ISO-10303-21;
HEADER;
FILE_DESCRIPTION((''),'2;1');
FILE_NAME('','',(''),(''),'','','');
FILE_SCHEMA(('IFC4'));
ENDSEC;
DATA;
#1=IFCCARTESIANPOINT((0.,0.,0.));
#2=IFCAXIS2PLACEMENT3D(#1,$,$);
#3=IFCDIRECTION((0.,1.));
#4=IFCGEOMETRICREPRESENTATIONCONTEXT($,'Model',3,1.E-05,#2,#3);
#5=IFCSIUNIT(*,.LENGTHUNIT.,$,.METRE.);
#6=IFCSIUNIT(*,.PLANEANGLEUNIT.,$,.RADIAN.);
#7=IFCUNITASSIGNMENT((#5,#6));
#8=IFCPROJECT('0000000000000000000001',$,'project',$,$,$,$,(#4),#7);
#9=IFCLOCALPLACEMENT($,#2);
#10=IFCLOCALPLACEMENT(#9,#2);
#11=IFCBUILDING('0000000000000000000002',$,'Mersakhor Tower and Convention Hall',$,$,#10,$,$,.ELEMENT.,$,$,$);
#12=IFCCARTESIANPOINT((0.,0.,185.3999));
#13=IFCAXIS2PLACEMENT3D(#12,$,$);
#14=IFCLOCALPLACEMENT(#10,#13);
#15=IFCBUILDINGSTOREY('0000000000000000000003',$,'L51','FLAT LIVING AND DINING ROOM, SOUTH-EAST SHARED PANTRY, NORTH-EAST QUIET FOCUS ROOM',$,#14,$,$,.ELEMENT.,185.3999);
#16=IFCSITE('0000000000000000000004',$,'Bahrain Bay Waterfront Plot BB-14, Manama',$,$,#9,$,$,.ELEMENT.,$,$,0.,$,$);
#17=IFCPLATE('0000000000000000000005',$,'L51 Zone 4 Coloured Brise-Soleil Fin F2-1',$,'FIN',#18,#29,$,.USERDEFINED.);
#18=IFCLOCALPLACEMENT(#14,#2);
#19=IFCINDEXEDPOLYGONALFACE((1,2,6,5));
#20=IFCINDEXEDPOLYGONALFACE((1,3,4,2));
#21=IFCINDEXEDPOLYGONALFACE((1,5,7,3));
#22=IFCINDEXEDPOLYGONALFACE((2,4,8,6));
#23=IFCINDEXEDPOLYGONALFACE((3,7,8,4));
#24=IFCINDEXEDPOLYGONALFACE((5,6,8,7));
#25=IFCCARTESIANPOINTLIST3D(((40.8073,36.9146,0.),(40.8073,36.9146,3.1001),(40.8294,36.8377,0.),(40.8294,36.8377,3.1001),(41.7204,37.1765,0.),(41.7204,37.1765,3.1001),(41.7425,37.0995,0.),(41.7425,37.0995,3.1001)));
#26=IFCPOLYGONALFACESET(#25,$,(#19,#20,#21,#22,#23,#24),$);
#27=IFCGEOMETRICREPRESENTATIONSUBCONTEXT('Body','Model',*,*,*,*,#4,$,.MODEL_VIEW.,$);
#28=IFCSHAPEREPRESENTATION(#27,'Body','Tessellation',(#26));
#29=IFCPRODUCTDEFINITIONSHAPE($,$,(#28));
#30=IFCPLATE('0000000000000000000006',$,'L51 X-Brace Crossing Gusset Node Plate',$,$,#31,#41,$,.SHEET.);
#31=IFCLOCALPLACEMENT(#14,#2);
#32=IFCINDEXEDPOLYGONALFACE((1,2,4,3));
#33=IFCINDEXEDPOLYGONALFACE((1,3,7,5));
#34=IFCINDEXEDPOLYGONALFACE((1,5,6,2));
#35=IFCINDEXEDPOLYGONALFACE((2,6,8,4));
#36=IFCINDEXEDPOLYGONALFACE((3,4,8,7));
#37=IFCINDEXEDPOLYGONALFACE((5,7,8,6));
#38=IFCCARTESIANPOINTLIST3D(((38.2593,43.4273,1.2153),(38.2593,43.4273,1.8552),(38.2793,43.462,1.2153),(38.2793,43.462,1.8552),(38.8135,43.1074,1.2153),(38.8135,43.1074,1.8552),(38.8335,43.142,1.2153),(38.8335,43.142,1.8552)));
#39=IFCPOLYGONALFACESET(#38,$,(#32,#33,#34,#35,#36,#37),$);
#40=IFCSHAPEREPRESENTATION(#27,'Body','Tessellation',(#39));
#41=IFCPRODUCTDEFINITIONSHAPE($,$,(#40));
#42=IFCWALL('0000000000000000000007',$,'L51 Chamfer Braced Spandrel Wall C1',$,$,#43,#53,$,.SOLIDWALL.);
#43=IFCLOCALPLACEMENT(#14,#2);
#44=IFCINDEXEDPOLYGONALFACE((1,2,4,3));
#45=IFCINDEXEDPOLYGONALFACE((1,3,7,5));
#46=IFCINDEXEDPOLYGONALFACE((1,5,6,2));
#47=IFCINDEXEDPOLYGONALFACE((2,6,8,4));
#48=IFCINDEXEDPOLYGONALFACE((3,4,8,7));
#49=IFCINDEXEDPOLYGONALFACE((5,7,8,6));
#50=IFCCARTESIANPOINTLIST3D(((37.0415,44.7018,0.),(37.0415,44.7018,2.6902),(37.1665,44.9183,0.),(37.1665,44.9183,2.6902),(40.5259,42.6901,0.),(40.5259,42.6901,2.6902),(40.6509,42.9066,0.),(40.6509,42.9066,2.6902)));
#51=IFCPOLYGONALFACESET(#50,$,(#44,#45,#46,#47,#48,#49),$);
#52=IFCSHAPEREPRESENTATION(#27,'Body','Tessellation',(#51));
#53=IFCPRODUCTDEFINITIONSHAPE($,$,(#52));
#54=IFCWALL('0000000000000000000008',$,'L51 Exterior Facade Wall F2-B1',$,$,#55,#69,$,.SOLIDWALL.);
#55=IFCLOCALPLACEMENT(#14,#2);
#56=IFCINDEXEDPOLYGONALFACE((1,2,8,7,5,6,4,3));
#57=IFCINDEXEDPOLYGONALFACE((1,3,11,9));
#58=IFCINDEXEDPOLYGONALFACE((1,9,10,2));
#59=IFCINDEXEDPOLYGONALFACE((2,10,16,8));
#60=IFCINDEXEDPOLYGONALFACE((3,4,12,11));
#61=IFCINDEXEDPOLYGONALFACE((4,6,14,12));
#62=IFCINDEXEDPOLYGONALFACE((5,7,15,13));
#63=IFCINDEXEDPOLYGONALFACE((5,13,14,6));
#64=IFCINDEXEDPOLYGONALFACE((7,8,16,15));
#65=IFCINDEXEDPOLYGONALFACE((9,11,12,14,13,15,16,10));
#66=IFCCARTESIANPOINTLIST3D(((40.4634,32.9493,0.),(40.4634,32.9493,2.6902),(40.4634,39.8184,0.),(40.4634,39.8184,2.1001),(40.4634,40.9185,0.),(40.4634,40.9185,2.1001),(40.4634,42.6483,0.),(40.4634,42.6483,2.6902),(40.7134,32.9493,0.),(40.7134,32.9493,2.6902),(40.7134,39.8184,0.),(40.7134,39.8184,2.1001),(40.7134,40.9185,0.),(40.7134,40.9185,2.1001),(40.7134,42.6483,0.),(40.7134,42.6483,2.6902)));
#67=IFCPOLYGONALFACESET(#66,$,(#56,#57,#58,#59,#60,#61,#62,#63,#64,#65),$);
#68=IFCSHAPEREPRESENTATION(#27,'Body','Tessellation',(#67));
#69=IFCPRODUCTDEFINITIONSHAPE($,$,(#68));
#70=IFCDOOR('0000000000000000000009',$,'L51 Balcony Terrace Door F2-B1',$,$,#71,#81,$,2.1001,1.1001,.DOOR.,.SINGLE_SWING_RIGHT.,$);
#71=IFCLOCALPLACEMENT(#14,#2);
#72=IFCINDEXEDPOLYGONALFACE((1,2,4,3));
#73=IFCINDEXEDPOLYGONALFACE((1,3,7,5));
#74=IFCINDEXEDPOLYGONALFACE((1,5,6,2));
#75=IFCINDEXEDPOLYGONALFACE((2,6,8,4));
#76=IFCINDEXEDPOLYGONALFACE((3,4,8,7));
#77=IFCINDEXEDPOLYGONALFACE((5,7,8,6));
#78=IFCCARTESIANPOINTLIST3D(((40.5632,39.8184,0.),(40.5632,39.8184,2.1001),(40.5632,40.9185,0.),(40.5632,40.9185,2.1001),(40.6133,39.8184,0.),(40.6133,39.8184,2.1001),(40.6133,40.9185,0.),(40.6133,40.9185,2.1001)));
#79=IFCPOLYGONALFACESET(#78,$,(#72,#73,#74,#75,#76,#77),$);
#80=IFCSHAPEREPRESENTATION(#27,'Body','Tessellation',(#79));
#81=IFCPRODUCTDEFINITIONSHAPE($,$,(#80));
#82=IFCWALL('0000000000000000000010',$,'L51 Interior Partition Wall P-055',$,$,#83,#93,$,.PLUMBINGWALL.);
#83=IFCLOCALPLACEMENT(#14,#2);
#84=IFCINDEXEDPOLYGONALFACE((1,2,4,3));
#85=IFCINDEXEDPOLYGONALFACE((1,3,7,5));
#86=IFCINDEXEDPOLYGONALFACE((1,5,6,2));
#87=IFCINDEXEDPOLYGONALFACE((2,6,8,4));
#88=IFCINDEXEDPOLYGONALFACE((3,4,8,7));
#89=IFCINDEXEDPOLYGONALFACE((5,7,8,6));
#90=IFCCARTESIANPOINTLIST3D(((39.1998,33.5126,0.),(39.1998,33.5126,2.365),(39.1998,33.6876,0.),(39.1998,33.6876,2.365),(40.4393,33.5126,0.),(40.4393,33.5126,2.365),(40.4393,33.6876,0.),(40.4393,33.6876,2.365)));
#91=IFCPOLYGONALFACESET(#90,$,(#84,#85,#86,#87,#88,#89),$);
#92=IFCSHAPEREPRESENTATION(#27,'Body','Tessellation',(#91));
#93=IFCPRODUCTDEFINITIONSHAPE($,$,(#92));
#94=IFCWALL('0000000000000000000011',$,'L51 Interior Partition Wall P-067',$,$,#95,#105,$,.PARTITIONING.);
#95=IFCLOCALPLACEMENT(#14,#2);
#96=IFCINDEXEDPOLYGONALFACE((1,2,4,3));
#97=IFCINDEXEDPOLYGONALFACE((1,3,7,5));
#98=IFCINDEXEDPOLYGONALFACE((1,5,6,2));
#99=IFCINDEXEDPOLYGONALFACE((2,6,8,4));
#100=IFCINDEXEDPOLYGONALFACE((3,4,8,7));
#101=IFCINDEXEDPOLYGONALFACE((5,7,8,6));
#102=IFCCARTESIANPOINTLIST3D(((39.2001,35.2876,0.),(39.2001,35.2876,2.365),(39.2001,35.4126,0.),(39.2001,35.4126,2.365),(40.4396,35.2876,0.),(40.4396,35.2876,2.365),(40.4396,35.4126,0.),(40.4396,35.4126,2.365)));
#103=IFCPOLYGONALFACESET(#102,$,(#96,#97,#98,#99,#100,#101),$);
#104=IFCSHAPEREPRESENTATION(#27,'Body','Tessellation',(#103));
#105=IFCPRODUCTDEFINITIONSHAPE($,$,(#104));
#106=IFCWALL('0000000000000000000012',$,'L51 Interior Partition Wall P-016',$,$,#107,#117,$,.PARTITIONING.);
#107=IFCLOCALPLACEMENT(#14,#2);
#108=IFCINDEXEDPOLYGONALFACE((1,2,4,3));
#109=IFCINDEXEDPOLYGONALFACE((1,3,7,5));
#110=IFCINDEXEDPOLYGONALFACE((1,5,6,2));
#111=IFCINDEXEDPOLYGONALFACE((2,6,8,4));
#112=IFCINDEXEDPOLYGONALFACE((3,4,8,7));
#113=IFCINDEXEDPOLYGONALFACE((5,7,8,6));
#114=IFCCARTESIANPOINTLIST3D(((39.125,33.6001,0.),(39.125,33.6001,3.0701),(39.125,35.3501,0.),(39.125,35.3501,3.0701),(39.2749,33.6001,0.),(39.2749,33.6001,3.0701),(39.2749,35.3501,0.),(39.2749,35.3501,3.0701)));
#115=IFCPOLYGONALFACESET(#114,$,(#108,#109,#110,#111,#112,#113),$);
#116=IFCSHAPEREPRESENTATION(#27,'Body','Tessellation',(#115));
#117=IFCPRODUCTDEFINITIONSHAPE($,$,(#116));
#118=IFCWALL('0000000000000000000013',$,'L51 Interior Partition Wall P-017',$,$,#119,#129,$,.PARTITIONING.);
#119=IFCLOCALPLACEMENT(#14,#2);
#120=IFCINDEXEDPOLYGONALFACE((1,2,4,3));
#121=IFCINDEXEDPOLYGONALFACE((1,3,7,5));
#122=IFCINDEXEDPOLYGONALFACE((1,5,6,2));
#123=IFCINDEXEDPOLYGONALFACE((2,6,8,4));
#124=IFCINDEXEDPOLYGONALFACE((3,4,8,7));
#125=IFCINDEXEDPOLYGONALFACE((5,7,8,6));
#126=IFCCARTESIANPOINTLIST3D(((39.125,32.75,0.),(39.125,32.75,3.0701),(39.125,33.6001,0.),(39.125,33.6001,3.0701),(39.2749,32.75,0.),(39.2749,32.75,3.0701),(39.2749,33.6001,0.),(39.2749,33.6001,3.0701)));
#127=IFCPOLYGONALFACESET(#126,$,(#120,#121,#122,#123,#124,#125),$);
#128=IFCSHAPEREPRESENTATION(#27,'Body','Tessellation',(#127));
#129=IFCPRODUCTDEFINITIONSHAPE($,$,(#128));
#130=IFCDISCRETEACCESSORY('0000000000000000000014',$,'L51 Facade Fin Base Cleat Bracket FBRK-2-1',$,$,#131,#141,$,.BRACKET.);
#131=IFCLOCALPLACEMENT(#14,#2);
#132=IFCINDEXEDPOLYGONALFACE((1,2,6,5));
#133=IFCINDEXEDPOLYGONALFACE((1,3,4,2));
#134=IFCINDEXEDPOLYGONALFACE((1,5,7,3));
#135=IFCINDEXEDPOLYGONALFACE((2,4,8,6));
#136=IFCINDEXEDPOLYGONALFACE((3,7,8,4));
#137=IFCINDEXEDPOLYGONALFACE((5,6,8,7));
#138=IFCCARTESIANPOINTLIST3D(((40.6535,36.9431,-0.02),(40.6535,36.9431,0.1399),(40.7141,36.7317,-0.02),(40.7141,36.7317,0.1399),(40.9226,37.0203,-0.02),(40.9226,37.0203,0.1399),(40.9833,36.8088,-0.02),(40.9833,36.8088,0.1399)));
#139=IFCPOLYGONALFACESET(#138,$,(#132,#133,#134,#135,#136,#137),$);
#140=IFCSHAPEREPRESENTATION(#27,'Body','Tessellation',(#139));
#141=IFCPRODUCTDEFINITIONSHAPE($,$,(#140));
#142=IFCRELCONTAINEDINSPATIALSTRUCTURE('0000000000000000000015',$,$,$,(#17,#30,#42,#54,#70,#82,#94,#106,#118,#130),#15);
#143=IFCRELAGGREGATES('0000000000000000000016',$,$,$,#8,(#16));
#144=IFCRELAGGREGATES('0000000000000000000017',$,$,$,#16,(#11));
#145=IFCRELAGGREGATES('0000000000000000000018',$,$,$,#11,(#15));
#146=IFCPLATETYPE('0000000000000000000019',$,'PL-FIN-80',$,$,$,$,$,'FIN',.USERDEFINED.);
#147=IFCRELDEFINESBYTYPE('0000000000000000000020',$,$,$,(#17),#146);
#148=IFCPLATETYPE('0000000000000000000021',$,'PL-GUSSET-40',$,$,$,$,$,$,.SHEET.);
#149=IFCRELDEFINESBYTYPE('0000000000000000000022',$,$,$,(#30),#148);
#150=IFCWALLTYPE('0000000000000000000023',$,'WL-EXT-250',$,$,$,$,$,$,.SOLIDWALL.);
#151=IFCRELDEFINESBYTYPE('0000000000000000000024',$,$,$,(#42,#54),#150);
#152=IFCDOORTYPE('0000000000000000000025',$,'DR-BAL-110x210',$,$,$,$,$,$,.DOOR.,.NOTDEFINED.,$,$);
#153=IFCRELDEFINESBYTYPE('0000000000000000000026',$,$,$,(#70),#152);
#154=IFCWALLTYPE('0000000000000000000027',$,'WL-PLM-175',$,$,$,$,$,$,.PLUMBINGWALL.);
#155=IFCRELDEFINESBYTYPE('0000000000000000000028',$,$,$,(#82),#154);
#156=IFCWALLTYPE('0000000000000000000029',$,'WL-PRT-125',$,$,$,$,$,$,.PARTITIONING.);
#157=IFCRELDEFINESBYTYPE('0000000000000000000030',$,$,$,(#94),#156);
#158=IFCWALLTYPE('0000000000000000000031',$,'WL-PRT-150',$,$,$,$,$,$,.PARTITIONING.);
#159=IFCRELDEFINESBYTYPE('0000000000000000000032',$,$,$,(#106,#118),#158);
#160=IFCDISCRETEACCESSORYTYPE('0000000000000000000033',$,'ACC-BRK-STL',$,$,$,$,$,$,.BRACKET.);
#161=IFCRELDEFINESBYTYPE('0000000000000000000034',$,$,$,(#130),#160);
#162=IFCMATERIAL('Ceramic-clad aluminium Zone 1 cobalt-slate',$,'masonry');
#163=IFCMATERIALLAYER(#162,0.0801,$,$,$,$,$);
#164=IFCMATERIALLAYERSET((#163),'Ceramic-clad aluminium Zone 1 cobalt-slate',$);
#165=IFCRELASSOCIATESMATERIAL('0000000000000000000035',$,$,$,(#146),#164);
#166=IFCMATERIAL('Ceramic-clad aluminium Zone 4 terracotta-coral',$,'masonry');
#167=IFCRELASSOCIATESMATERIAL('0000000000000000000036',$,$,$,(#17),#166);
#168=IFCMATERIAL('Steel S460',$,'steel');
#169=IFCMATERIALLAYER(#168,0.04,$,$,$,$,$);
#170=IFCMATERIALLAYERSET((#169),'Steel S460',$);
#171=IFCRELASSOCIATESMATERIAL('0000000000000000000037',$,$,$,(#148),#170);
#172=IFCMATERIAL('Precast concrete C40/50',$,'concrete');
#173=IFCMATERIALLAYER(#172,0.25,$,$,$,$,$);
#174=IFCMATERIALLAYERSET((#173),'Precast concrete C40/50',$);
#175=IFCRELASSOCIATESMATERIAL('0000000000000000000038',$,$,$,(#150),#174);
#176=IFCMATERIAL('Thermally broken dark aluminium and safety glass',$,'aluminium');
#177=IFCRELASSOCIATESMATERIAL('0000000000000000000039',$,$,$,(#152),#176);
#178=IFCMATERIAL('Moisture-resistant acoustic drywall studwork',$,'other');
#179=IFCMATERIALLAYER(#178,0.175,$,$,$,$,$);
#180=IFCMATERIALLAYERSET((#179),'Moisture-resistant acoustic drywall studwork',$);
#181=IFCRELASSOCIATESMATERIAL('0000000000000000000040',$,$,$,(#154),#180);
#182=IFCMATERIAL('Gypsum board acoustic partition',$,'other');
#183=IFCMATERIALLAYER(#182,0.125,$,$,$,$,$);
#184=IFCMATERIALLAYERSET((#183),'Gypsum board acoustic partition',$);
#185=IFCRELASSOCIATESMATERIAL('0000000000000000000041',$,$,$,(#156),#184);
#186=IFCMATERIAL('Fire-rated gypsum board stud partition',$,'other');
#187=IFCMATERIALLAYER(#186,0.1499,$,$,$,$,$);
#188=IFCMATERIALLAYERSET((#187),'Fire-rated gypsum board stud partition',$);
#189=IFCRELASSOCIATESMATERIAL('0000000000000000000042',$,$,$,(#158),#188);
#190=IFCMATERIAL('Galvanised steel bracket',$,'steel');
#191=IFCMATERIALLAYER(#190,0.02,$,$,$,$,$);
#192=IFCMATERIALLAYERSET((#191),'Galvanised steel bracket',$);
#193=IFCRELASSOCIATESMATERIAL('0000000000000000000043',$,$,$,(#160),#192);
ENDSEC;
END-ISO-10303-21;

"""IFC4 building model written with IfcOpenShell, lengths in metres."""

from ifc_helpers import new_model, si_unit, direction, frame, frame_2d, origin, origin_2d, place, context, subcontext, project, spatial, rectangle, extrude, material, layer, layer_set, type_object, element, fill, save


model = new_model("IFC4")

# Units and contexts
model_context = context("Model", 3, precision=1e-05, world=origin(), true_north=direction((0.0, 1.0)))
body_context = subcontext(model_context, "Body", "Model", "MODEL_VIEW")
ifc_project = project(units=[si_unit("LENGTHUNIT", "METRE"), si_unit("PLANEANGLEUNIT", "RADIAN")], contexts=[model_context])

# Site, building, storey
site_placement = place(None, origin())
site = spatial("IfcSite", under=ifc_project, at=site_placement, Name="Bahrain Bay Waterfront Plot BB-14, Manama", CompositionType="ELEMENT", RefElevation=0.0)
building_placement = place(site_placement, origin())
building = spatial("IfcBuilding", under=site, at=building_placement, Name="Mersakhor Tower and Convention Hall", CompositionType="ELEMENT")
storey_placement = place(building_placement, frame((0.0, 0.0, 185.3999)))
storey = spatial("IfcBuildingStorey", under=building, at=storey_placement, Name="L51", Description="FLAT LIVING AND DINING ROOM, SOUTH-EAST SHARED PANTRY, NORTH-EAST QUIET FOCUS ROOM", CompositionType="ELEMENT", Elevation=185.3999)

# Plates
ifc_material_1 = material(Name="Ceramic-clad aluminium Zone 4 terracotta-coral", Category="masonry")
ifc_material_2 = material(Name="Ceramic-clad aluminium Zone 1 cobalt-slate", Category="masonry")
ifc_layer_1 = layer(ifc_material_2, 0.0801)
ifc_layer_set_1 = layer_set([ifc_layer_1], Name="Ceramic-clad aluminium Zone 1 cobalt-slate")
plate_type_1 = type_object("IfcPlateType", Name="PL-FIN-80", ElementType="FIN", PredefinedType="USERDEFINED", material=ifc_layer_set_1)
plate_1_placement = place(storey_placement, frame((41.2749, 37.0071, 0.0), z_axis=(0.0, 0.0, 1.0), x_axis=(0.961262, 0.275637, 0.0)))
element("IfcPlate", 1, at=plate_1_placement, inside=storey, type_object=plate_type_1, material=ifc_material_1, Name="L51 Zone 4 Coloured Brise-Soleil Fin F2-1", ObjectType="FIN", PredefinedType="USERDEFINED", context=body_context, shape_type="SweptSolid", body=[
    extrude(rectangle(XDim=0.95, YDim=0.0801, at=origin_2d()), origin(), (0.0, 0.0, 1.0), 3.1001),
])
ifc_material_3 = material(Name="Steel S460", Category="steel")
ifc_layer_2 = layer(ifc_material_3, 0.04)
ifc_layer_set_2 = layer_set([ifc_layer_2], Name="Steel S460")
plate_type_2 = type_object("IfcPlateType", Name="PL-GUSSET-40", PredefinedType="SHEET", material=ifc_layer_set_2)
plate_2_placement = place(storey_placement, frame((38.5464, 43.2847, 1.2153), z_axis=(0.0, 0.0, 1.0), x_axis=(-0.866025, 0.5, 0.0)))
element("IfcPlate", 2, at=plate_2_placement, inside=storey, type_object=plate_type_2, Name="L51 X-Brace Crossing Gusset Node Plate", PredefinedType="SHEET", context=body_context, shape_type="SweptSolid", body=[
    extrude(rectangle(XDim=0.6399, YDim=0.04, at=origin_2d()), origin(), (0.0, 0.0, 1.0), 0.6399),
])

# Wall
ifc_material_4 = material(Name="Precast concrete C40/50", Category="concrete")
ifc_layer_3 = layer(ifc_material_4, 0.25)
ifc_layer_set_3 = layer_set([ifc_layer_3], Name="Precast concrete C40/50")
wall_type_1 = type_object("IfcWallType", Name="WL-EXT-250", PredefinedType="SOLIDWALL", material=ifc_layer_set_3)
wall_1_placement = place(storey_placement, frame((37.104, 44.8101, 0.0), z_axis=(0.0, 0.0, 1.0), x_axis=(0.866024, -0.500003, 0.0)))
element("IfcWall", 3, at=wall_1_placement, inside=storey, type_object=wall_type_1, Name="L51 Chamfer Braced Spandrel Wall C1", PredefinedType="SOLIDWALL", context=body_context, shape_type="SweptSolid", body=[
    extrude(rectangle(XDim=4.0234, YDim=0.25, at=frame_2d((2.0117, 0.0))), origin(), (0.0, 0.0, 1.0), 2.6902),
])

# Wall, opening, door
wall_2_placement = place(storey_placement, frame((40.5884, 42.6484, 0.0), z_axis=(0.0, 0.0, 1.0), x_axis=(0.0, -1.0, 0.0)))
wall_2 = element("IfcWall", 4, at=wall_2_placement, inside=storey, type_object=wall_type_1, Name="L51 Exterior Facade Wall F2-B1", PredefinedType="SOLIDWALL", context=body_context, shape_type="SweptSolid", body=[
    extrude(rectangle(XDim=9.699, YDim=0.25, at=frame_2d((4.8496, 0.0))), origin(), (0.0, 0.0, 1.0), 2.6902),
])
opening_placement = place(wall_2_placement, frame((1.73, 0.0, 0.0)))
opening = element("IfcOpeningElement", 5, at=opening_placement, cuts=wall_2, PredefinedType="OPENING", context=body_context, shape_type="SweptSolid", body=[
    extrude(rectangle(XDim=1.1001, YDim=2.1001, at=frame_2d((0.55, 1.05))), frame((0.0, 0.135, 0.0), z_axis=(0.0, -1.0, 0.0), x_axis=(1.0, 0.0, 0.0)), (0.0, 0.0, 1.0), 0.27),
])
ifc_material_5 = material(Name="Thermally broken dark aluminium and safety glass", Category="aluminium")
door_type = type_object("IfcDoorType", Name="DR-BAL-110x210", OperationType="NOTDEFINED", PredefinedType="DOOR", material=ifc_material_5)
door_placement = place(opening_placement, origin())
door = element("IfcDoor", 6, at=door_placement, inside=storey, type_object=door_type, Name="L51 Balcony Terrace Door F2-B1", OperationType="SINGLE_SWING_RIGHT", OverallHeight=2.1001, OverallWidth=1.1001, PredefinedType="DOOR", context=body_context, shape_type="SweptSolid", body=[
    extrude(rectangle(XDim=1.1001, YDim=2.1001, at=frame_2d((0.55, 1.05))), frame((0.0, 0.0249, 0.0), z_axis=(0.0, -1.0, 0.0), x_axis=(1.0, 0.0, 0.0)), (0.0, 0.0, 1.0), 0.05),
])
fill(opening, door)

# Walls
ifc_material_6 = material(Name="Moisture-resistant acoustic drywall studwork", Category="other")
ifc_layer_4 = layer(ifc_material_6, 0.175)
ifc_layer_set_4 = layer_set([ifc_layer_4], Name="Moisture-resistant acoustic drywall studwork")
wall_type_2 = type_object("IfcWallType", Name="WL-PLM-175", PredefinedType="PLUMBINGWALL", material=ifc_layer_set_4)
wall_3_placement = place(storey_placement, frame((39.2, 33.6001, 0.0), z_axis=(0.0, 0.0, 1.0), x_axis=(1.0, 0.0, 0.0)))
element("IfcWall", 7, at=wall_3_placement, inside=storey, type_object=wall_type_2, Name="L51 Interior Partition Wall P-055", PredefinedType="PLUMBINGWALL", context=body_context, shape_type="SweptSolid", body=[
    extrude(rectangle(XDim=1.2395, YDim=0.175, at=frame_2d((0.6196, 0.0))), origin(), (0.0, 0.0, 1.0), 2.365),
])
ifc_material_7 = material(Name="Gypsum board acoustic partition", Category="other")
ifc_layer_5 = layer(ifc_material_7, 0.125)
ifc_layer_set_5 = layer_set([ifc_layer_5], Name="Gypsum board acoustic partition")
wall_type_3 = type_object("IfcWallType", Name="WL-PRT-125", PredefinedType="PARTITIONING", material=ifc_layer_set_5)
wall_4_placement = place(storey_placement, frame((40.4395, 35.3501, 0.0), z_axis=(0.0, 0.0, 1.0), x_axis=(-1.0, 0.0, 0.0)))
element("IfcWall", 8, at=wall_4_placement, inside=storey, type_object=wall_type_3, Name="L51 Interior Partition Wall P-067", PredefinedType="PARTITIONING", context=body_context, shape_type="SweptSolid", body=[
    extrude(rectangle(XDim=1.2395, YDim=0.125, at=frame_2d((0.6196, 0.0))), origin(), (0.0, 0.0, 1.0), 2.365),
])
ifc_material_8 = material(Name="Fire-rated gypsum board stud partition", Category="other")
ifc_layer_6 = layer(ifc_material_8, 0.1499)
ifc_layer_set_6 = layer_set([ifc_layer_6], Name="Fire-rated gypsum board stud partition")
wall_type_4 = type_object("IfcWallType", Name="WL-PRT-150", PredefinedType="PARTITIONING", material=ifc_layer_set_6)
wall_5_placement = place(storey_placement, frame((39.2, 35.3501, 0.0), z_axis=(0.0, 0.0, 1.0), x_axis=(0.0, -1.0, 0.0)))
element("IfcWall", 9, at=wall_5_placement, inside=storey, type_object=wall_type_4, Name="L51 Interior Partition Wall P-016", PredefinedType="PARTITIONING", context=body_context, shape_type="SweptSolid", body=[
    extrude(rectangle(XDim=1.75, YDim=0.1499, at=frame_2d((0.875, 0.0))), origin(), (0.0, 0.0, 1.0), 3.0701),
])
wall_6_placement = place(storey_placement, frame((39.2, 33.6001, 0.0), z_axis=(0.0, 0.0, 1.0), x_axis=(0.0, -1.0, 0.0)))
element("IfcWall", 10, at=wall_6_placement, inside=storey, type_object=wall_type_4, Name="L51 Interior Partition Wall P-017", PredefinedType="PARTITIONING", context=body_context, shape_type="SweptSolid", body=[
    extrude(rectangle(XDim=0.8501, YDim=0.1499, at=frame_2d((0.425, 0.0))), origin(), (0.0, 0.0, 1.0), 3.0701),
])

# Discrete accessory
ifc_material_9 = material(Name="Galvanised steel bracket", Category="steel")
ifc_layer_7 = layer(ifc_material_9, 0.02)
ifc_layer_set_7 = layer_set([ifc_layer_7], Name="Galvanised steel bracket")
discrete_accessory_type = type_object("IfcDiscreteAccessoryType", Name="ACC-BRK-STL", PredefinedType="BRACKET", material=ifc_layer_set_7)
discrete_accessory_placement = place(storey_placement, frame((40.8184, 36.876, -0.02), z_axis=(0.0, 0.0, 1.0), x_axis=(0.961262, 0.275637, 0.0)))
element("IfcDiscreteAccessory", 11, at=discrete_accessory_placement, inside=storey, type_object=discrete_accessory_type, Name="L51 Facade Fin Base Cleat Bracket FBRK-2-1", PredefinedType="BRACKET", context=body_context, shape_type="SweptSolid", body=[
    extrude(rectangle(XDim=0.28, YDim=0.22, at=origin_2d()), origin(), (0.0, 0.0, 1.0), 0.1599),
])

save(model, "model.ifc")
